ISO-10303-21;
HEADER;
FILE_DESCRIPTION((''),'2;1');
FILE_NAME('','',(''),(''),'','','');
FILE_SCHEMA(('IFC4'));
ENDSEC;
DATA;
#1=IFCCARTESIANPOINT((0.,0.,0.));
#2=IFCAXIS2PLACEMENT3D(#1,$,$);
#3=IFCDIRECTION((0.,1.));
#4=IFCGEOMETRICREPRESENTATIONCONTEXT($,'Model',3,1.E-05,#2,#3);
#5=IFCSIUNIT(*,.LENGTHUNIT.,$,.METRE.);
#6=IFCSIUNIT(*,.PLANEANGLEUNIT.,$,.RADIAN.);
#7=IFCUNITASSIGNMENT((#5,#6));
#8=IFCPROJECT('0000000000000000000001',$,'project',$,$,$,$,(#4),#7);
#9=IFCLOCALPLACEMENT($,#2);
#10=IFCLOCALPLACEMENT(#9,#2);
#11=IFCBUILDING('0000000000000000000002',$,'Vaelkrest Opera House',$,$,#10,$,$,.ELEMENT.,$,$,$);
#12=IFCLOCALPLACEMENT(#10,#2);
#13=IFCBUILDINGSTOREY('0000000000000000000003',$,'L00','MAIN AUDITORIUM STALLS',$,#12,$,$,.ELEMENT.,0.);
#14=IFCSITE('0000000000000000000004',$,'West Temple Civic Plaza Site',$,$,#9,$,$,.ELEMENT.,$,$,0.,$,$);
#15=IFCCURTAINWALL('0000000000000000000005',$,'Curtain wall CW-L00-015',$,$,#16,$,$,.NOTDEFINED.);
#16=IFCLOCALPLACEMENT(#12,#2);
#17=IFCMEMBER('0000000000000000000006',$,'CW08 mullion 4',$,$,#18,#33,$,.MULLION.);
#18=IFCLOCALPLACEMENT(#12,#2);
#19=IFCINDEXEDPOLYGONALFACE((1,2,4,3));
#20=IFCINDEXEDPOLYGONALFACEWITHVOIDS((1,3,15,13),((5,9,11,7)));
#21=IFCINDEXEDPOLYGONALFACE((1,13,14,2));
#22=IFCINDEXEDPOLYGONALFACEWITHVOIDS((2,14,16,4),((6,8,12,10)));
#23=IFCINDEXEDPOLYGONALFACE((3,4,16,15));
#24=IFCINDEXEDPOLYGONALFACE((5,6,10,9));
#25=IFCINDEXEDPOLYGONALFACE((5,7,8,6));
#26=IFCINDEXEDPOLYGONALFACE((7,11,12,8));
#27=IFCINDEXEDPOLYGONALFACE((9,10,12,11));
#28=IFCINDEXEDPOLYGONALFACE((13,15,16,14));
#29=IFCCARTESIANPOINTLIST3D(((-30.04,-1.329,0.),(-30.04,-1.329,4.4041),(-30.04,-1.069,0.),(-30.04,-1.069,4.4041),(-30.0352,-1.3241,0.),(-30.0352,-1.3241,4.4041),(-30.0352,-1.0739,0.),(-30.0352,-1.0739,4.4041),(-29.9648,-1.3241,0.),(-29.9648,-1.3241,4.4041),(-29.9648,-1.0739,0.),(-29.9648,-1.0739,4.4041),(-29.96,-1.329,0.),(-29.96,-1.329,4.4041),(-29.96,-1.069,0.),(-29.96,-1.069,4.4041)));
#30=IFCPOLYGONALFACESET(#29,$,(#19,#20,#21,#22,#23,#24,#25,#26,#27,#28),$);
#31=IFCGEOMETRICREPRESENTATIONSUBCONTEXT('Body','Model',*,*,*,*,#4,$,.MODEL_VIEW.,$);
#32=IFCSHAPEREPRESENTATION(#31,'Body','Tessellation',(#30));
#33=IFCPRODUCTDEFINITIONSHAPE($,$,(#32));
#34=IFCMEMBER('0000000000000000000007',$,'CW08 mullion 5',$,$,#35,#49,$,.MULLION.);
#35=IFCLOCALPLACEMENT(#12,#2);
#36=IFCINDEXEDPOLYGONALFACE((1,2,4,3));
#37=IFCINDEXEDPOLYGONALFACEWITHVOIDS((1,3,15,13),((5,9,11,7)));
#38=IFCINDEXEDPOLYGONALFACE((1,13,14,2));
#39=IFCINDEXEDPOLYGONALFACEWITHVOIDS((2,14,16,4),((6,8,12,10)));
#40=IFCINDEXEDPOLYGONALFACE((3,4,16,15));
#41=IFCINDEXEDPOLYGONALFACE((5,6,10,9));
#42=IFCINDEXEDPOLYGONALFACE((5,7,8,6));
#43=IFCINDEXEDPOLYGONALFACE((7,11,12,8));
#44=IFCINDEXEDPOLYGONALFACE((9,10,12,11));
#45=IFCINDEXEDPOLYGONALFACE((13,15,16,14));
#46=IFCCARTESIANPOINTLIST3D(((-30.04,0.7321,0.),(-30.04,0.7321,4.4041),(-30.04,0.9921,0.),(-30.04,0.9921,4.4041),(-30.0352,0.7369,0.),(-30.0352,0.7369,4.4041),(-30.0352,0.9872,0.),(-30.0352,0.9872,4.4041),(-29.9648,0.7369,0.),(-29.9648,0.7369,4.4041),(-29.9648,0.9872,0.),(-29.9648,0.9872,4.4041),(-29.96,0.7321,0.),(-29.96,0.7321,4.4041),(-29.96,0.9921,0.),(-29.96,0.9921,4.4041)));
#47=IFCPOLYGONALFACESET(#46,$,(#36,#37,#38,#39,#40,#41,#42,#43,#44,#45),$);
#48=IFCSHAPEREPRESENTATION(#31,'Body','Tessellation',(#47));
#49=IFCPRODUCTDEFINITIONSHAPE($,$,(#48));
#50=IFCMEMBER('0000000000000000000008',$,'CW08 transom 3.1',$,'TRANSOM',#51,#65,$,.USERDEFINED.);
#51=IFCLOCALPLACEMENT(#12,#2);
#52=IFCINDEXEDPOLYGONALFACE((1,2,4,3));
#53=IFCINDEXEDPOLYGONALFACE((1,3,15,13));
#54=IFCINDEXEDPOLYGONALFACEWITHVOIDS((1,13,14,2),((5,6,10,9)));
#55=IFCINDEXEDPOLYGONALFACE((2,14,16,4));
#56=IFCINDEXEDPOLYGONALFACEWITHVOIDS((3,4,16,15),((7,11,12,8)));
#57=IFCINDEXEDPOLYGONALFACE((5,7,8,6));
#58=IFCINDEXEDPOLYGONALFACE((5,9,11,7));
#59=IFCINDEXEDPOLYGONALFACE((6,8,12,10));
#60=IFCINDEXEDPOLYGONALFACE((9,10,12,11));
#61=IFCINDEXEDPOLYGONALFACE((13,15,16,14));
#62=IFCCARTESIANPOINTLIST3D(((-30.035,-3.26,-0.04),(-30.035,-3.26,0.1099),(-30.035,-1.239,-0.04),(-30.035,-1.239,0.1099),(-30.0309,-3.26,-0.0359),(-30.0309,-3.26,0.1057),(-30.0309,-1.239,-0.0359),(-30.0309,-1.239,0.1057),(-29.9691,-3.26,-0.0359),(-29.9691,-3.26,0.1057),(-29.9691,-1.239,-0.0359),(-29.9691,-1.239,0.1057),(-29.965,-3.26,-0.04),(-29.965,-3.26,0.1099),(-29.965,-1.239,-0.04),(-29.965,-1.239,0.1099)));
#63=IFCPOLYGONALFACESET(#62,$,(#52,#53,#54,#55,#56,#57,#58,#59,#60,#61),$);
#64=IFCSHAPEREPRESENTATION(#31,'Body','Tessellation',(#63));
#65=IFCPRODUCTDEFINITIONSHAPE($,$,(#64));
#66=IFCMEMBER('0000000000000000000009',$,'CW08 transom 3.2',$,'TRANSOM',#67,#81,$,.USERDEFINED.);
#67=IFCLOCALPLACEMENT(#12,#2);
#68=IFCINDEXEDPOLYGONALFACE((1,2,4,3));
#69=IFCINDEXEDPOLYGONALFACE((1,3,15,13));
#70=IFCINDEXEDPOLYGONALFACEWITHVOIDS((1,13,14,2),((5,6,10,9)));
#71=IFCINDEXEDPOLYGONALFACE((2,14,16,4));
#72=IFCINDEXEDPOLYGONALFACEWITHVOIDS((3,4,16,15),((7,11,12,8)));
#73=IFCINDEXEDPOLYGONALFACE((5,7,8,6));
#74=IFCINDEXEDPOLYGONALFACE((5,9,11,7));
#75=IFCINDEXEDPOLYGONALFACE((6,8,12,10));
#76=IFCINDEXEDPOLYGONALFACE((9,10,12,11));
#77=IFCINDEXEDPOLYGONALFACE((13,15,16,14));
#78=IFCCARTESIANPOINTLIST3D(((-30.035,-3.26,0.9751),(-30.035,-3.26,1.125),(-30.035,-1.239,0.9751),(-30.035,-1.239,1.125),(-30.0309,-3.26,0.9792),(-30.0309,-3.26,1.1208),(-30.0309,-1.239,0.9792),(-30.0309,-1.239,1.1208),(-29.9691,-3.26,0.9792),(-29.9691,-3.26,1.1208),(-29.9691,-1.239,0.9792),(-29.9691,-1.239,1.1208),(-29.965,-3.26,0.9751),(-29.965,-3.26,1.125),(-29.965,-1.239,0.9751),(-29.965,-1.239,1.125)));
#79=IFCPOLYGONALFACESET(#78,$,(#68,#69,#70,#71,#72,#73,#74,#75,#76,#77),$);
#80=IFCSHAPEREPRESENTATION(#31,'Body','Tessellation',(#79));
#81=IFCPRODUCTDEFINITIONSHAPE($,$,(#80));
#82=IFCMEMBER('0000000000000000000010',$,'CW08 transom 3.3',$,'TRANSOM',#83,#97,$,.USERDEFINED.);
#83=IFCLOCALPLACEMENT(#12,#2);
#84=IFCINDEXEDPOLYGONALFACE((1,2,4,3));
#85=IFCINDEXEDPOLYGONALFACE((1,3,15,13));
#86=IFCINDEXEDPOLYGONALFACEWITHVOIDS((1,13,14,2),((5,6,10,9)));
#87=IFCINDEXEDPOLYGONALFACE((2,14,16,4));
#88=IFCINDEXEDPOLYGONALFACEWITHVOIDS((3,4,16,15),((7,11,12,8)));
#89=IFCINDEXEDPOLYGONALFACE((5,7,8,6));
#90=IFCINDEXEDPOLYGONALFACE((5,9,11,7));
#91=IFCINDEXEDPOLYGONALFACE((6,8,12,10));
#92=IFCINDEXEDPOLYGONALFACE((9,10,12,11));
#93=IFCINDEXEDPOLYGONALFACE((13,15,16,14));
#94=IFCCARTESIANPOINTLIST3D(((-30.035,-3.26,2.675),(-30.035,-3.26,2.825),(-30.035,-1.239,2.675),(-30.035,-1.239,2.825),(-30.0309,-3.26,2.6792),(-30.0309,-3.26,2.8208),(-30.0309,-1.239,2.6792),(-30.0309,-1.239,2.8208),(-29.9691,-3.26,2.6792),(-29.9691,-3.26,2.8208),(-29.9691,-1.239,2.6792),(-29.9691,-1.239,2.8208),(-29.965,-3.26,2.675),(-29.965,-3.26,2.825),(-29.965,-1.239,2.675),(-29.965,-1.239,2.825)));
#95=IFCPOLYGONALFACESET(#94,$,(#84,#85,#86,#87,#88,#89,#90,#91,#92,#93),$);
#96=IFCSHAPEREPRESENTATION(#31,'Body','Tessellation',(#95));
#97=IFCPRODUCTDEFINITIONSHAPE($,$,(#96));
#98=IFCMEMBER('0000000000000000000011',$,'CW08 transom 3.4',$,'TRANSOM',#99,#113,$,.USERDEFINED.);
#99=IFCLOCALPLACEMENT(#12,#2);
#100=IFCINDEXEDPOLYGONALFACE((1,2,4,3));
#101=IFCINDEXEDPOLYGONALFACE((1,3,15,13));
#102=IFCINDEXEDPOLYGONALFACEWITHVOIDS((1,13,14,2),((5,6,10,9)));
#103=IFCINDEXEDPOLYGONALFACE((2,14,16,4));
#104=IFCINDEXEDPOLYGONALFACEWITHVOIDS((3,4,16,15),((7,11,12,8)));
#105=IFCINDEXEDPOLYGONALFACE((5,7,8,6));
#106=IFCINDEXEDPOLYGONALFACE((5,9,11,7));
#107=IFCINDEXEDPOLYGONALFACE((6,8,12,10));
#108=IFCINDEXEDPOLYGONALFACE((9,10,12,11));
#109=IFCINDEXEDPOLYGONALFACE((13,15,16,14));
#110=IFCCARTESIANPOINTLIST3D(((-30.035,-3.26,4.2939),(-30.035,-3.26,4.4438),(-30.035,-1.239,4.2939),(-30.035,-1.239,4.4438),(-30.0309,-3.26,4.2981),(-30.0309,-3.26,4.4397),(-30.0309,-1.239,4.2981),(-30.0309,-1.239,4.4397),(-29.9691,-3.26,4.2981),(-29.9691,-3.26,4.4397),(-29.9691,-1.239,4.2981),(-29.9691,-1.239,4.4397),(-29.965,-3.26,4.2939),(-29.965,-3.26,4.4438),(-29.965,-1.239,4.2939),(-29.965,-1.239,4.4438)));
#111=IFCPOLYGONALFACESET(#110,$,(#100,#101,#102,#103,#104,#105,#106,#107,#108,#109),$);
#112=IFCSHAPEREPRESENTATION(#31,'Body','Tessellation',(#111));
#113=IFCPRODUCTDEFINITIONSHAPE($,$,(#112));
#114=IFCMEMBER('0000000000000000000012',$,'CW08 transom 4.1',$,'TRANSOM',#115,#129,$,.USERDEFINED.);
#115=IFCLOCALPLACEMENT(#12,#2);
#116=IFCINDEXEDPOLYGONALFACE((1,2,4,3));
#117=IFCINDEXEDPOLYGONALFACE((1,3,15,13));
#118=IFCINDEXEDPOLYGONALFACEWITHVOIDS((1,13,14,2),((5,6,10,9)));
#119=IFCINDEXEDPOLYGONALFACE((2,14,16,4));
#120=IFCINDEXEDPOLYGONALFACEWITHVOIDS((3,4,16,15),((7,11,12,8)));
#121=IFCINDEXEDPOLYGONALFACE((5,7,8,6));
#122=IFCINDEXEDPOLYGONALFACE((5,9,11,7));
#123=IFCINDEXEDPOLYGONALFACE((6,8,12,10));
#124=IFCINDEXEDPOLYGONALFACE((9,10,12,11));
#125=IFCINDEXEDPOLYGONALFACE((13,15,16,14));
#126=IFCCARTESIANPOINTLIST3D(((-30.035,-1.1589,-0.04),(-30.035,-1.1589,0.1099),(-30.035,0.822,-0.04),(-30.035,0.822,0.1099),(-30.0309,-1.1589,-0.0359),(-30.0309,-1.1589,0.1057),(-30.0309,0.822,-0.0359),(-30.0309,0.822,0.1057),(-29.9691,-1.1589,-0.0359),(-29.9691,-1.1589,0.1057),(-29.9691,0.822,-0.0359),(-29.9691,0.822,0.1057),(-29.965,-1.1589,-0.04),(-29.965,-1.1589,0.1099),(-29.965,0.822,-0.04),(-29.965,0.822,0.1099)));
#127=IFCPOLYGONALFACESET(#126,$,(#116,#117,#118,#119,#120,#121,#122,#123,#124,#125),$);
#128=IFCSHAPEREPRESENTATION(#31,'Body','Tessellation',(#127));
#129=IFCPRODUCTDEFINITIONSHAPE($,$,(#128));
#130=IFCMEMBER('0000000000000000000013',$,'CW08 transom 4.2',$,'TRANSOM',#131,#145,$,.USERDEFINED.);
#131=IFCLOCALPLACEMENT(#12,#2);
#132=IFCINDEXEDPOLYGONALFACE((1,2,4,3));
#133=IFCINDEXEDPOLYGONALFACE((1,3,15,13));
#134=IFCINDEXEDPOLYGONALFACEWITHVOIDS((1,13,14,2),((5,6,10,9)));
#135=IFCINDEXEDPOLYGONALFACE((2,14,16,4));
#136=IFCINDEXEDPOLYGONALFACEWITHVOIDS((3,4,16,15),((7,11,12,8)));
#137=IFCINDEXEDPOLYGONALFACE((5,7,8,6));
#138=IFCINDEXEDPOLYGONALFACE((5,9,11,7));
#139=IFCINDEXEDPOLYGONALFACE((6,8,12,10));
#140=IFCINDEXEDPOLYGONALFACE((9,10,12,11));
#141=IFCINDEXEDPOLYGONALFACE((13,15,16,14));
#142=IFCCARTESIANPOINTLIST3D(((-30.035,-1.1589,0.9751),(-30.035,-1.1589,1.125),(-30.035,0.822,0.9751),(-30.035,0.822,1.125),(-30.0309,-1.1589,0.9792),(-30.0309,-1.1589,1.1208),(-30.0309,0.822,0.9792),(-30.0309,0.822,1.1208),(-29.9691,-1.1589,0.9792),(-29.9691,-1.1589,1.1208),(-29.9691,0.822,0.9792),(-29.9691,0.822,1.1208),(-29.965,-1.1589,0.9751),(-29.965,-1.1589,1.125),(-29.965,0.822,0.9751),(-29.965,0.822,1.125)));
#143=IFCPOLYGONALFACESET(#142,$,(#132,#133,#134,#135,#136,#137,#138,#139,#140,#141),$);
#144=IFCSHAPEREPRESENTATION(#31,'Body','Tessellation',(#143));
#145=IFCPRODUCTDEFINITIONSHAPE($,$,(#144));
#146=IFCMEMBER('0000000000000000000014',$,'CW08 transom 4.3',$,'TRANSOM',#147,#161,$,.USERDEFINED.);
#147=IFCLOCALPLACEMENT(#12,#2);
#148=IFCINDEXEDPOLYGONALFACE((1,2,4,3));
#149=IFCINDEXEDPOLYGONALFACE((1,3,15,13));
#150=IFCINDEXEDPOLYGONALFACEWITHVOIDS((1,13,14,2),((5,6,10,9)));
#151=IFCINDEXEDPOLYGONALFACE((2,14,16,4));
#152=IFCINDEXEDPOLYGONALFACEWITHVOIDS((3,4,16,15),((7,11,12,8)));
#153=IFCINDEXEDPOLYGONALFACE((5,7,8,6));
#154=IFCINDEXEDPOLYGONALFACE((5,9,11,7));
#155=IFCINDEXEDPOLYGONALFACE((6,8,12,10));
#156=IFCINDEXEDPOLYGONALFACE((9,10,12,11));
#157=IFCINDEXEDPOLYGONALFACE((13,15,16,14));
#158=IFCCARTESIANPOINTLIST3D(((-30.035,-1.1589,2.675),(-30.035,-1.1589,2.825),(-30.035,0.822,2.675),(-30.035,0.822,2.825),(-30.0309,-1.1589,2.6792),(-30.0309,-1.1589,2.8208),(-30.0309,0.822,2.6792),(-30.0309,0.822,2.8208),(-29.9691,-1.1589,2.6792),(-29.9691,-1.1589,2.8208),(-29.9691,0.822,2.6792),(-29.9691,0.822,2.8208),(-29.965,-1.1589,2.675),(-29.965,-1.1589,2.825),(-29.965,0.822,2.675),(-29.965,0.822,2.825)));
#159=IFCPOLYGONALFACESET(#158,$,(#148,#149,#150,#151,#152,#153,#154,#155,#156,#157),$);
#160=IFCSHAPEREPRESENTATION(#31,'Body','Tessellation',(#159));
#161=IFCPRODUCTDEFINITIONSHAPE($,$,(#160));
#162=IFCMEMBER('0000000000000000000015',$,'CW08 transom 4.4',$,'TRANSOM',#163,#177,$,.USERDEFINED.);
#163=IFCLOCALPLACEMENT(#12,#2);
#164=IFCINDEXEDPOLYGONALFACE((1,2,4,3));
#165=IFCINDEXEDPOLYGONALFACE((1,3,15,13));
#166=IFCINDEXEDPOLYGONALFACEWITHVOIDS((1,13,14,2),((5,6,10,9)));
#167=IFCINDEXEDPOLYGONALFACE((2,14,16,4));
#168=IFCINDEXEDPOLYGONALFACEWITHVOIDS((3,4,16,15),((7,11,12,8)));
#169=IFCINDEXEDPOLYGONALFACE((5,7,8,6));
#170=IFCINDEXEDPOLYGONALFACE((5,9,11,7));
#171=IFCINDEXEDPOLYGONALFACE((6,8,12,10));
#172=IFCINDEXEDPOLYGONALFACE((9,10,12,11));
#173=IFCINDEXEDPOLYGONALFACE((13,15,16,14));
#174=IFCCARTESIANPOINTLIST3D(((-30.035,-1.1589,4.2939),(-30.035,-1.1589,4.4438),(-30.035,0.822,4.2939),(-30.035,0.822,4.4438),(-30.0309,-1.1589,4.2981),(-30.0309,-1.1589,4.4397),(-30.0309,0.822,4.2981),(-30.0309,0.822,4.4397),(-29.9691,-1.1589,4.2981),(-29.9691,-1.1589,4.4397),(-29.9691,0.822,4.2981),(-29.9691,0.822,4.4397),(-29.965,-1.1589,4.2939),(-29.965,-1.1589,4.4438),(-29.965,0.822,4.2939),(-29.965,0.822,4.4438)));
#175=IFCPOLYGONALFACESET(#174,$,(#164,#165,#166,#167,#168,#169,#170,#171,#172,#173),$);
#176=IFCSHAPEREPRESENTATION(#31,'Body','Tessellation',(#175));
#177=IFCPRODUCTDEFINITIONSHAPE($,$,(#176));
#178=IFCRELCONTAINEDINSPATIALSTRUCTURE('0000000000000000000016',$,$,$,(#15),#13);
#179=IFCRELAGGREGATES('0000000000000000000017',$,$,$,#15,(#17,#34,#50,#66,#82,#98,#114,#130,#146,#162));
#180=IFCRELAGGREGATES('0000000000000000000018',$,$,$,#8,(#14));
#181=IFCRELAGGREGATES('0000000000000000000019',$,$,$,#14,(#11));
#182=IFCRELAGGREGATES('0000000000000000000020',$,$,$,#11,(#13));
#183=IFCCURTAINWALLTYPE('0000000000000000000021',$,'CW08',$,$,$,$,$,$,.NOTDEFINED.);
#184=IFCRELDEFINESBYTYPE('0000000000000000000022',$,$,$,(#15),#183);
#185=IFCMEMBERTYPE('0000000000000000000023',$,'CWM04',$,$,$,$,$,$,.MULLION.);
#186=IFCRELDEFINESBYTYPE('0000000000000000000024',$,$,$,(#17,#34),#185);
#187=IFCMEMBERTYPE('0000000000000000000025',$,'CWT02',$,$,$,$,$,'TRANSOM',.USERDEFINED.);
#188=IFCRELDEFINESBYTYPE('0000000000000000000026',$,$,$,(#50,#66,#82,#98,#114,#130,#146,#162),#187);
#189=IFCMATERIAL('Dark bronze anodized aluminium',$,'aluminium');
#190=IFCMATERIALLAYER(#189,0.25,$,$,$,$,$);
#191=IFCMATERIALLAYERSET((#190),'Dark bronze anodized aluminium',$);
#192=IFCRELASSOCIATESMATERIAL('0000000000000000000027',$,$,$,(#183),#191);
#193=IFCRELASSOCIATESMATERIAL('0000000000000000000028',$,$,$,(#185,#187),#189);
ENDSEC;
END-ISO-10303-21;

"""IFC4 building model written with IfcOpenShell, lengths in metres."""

from ifc_helpers import new_model, si_unit, direction, frame, origin, origin_2d, place, context, subcontext, project, spatial, hollow_rectangle, extrude, material, layer, layer_set, material_profile, profile_set, type_object, element, aggregate, save


model = new_model("IFC4")

# Units and contexts
model_context = context("Model", 3, precision=1e-05, world=origin(), true_north=direction((0.0, 1.0)))
body_context = subcontext(model_context, "Body", "Model", "MODEL_VIEW")
ifc_project = project(units=[si_unit("LENGTHUNIT", "METRE"), si_unit("PLANEANGLEUNIT", "RADIAN")], contexts=[model_context])

# Site, building, storey
site_placement = place(None, origin())
site = spatial("IfcSite", under=ifc_project, at=site_placement, Name="West Temple Civic Plaza Site", CompositionType="ELEMENT", RefElevation=0.0)
building_placement = place(site_placement, origin())
building = spatial("IfcBuilding", under=site, at=building_placement, Name="Vaelkrest Opera House", CompositionType="ELEMENT")
storey_placement = place(building_placement, origin())
storey = spatial("IfcBuildingStorey", under=building, at=storey_placement, Name="L00", Description="MAIN AUDITORIUM STALLS", CompositionType="ELEMENT", Elevation=0.0)

# Curtain wall, members
ifc_material_1 = material(Name="Dark bronze anodized aluminium", Category="aluminium")
ifc_layer_1 = layer(ifc_material_1, 0.25)
ifc_layer_set_1 = layer_set([ifc_layer_1], Name="Dark bronze anodized aluminium")
curtain_wall_type = type_object("IfcCurtainWallType", Name="CW08", PredefinedType="NOTDEFINED", material=ifc_layer_set_1)
curtain_wall_placement = place(storey_placement, origin())
curtain_wall = element("IfcCurtainWall", 1, at=curtain_wall_placement, inside=storey, type_object=curtain_wall_type, Name="Curtain wall CW-L00-015", PredefinedType="NOTDEFINED")
ifc_material_profile_1 = material_profile(ifc_material_1, hollow_rectangle(XDim=0.0801, YDim=0.26, WallThickness=0.0049, at=origin_2d()), Name="CWM80X260")
ifc_profile_set_1 = profile_set([ifc_material_profile_1], Name="Dark bronze anodized aluminium")
member_type_1 = type_object("IfcMemberType", Name="CWM04", PredefinedType="MULLION", material=ifc_profile_set_1)
member_1_placement = place(storey_placement, frame((-30.0, -1.199, 0.0), z_axis=(0.0, 0.0, 1.0), x_axis=(-1.0, 0.0, 0.0)))
member_1 = element("IfcMember", 2, at=member_1_placement, type_object=member_type_1, Name="CW08 mullion 4", PredefinedType="MULLION", context=body_context, shape_type="SweptSolid", body=[
    extrude(hollow_rectangle(XDim=0.0801, YDim=0.26, WallThickness=0.0049, at=origin_2d()), origin(), (0.0, 0.0, 1.0), 4.4041),
])
member_2_placement = place(storey_placement, frame((-30.0, 0.8621, 0.0), z_axis=(0.0, 0.0, 1.0), x_axis=(-1.0, 0.0, 0.0)))
member_2 = element("IfcMember", 3, at=member_2_placement, type_object=member_type_1, Name="CW08 mullion 5", PredefinedType="MULLION", context=body_context, shape_type="SweptSolid", body=[
    extrude(hollow_rectangle(XDim=0.0801, YDim=0.26, WallThickness=0.0049, at=origin_2d()), origin(), (0.0, 0.0, 1.0), 4.4041),
])
ifc_material_profile_2 = material_profile(ifc_material_1, hollow_rectangle(XDim=0.0701, YDim=0.1499, WallThickness=0.0042, at=origin_2d()), Name="CWT70X150")
ifc_profile_set_2 = profile_set([ifc_material_profile_2], Name="Dark bronze anodized aluminium")
member_type_2 = type_object("IfcMemberType", Name="CWT02", ElementType="TRANSOM", PredefinedType="USERDEFINED", material=ifc_profile_set_2)
member_3_placement = place(storey_placement, frame((-30.0, -3.26, 0.0349), z_axis=(0.0, 1.0, 0.0), x_axis=(-1.0, 0.0, 0.0)))
member_3 = element("IfcMember", 4, at=member_3_placement, type_object=member_type_2, Name="CW08 transom 3.1", ObjectType="TRANSOM", PredefinedType="USERDEFINED", context=body_context, shape_type="SweptSolid", body=[
    extrude(hollow_rectangle(XDim=0.0701, YDim=0.1499, WallThickness=0.0042, at=origin_2d()), origin(), (0.0, 0.0, 1.0), 2.021),
])
member_4_placement = place(storey_placement, frame((-30.0, -3.26, 1.05), z_axis=(0.0, 1.0, 0.0), x_axis=(-1.0, 0.0, 0.0)))
member_4 = element("IfcMember", 5, at=member_4_placement, type_object=member_type_2, Name="CW08 transom 3.2", ObjectType="TRANSOM", PredefinedType="USERDEFINED", context=body_context, shape_type="SweptSolid", body=[
    extrude(hollow_rectangle(XDim=0.0701, YDim=0.1499, WallThickness=0.0042, at=origin_2d()), origin(), (0.0, 0.0, 1.0), 2.021),
])
member_5_placement = place(storey_placement, frame((-30.0, -3.26, 2.75), z_axis=(0.0, 1.0, 0.0), x_axis=(-1.0, 0.0, 0.0)))
member_5 = element("IfcMember", 6, at=member_5_placement, type_object=member_type_2, Name="CW08 transom 3.3", ObjectType="TRANSOM", PredefinedType="USERDEFINED", context=body_context, shape_type="SweptSolid", body=[
    extrude(hollow_rectangle(XDim=0.0701, YDim=0.1499, WallThickness=0.0042, at=origin_2d()), origin(), (0.0, 0.0, 1.0), 2.021),
])
member_6_placement = place(storey_placement, frame((-30.0, -3.26, 4.3689), z_axis=(0.0, 1.0, 0.0), x_axis=(-1.0, 0.0, 0.0)))
member_6 = element("IfcMember", 7, at=member_6_placement, type_object=member_type_2, Name="CW08 transom 3.4", ObjectType="TRANSOM", PredefinedType="USERDEFINED", context=body_context, shape_type="SweptSolid", body=[
    extrude(hollow_rectangle(XDim=0.0701, YDim=0.1499, WallThickness=0.0042, at=origin_2d()), origin(), (0.0, 0.0, 1.0), 2.021),
])
member_7_placement = place(storey_placement, frame((-30.0, -1.1589, 0.0349), z_axis=(0.0, 1.0, 0.0), x_axis=(-1.0, 0.0, 0.0)))
member_7 = element("IfcMember", 8, at=member_7_placement, type_object=member_type_2, Name="CW08 transom 4.1", ObjectType="TRANSOM", PredefinedType="USERDEFINED", context=body_context, shape_type="SweptSolid", body=[
    extrude(hollow_rectangle(XDim=0.0701, YDim=0.1499, WallThickness=0.0042, at=origin_2d()), origin(), (0.0, 0.0, 1.0), 1.981),
])
member_8_placement = place(storey_placement, frame((-30.0, -1.1589, 1.05), z_axis=(0.0, 1.0, 0.0), x_axis=(-1.0, 0.0, 0.0)))
member_8 = element("IfcMember", 9, at=member_8_placement, type_object=member_type_2, Name="CW08 transom 4.2", ObjectType="TRANSOM", PredefinedType="USERDEFINED", context=body_context, shape_type="SweptSolid", body=[
    extrude(hollow_rectangle(XDim=0.0701, YDim=0.1499, WallThickness=0.0042, at=origin_2d()), origin(), (0.0, 0.0, 1.0), 1.981),
])
member_9_placement = place(storey_placement, frame((-30.0, -1.1589, 2.75), z_axis=(0.0, 1.0, 0.0), x_axis=(-1.0, 0.0, 0.0)))
member_9 = element("IfcMember", 10, at=member_9_placement, type_object=member_type_2, Name="CW08 transom 4.3", ObjectType="TRANSOM", PredefinedType="USERDEFINED", context=body_context, shape_type="SweptSolid", body=[
    extrude(hollow_rectangle(XDim=0.0701, YDim=0.1499, WallThickness=0.0042, at=origin_2d()), origin(), (0.0, 0.0, 1.0), 1.981),
])
member_10_placement = place(storey_placement, frame((-30.0, -1.1589, 4.3689), z_axis=(0.0, 1.0, 0.0), x_axis=(-1.0, 0.0, 0.0)))
member_10 = element("IfcMember", 11, at=member_10_placement, type_object=member_type_2, Name="CW08 transom 4.4", ObjectType="TRANSOM", PredefinedType="USERDEFINED", context=body_context, shape_type="SweptSolid", body=[
    extrude(hollow_rectangle(XDim=0.0701, YDim=0.1499, WallThickness=0.0042, at=origin_2d()), origin(), (0.0, 0.0, 1.0), 1.981),
])

aggregate(curtain_wall, [member_1, member_2, member_3, member_4, member_5, member_6, member_7, member_8, member_9, member_10])

save(model, "model.ifc")
